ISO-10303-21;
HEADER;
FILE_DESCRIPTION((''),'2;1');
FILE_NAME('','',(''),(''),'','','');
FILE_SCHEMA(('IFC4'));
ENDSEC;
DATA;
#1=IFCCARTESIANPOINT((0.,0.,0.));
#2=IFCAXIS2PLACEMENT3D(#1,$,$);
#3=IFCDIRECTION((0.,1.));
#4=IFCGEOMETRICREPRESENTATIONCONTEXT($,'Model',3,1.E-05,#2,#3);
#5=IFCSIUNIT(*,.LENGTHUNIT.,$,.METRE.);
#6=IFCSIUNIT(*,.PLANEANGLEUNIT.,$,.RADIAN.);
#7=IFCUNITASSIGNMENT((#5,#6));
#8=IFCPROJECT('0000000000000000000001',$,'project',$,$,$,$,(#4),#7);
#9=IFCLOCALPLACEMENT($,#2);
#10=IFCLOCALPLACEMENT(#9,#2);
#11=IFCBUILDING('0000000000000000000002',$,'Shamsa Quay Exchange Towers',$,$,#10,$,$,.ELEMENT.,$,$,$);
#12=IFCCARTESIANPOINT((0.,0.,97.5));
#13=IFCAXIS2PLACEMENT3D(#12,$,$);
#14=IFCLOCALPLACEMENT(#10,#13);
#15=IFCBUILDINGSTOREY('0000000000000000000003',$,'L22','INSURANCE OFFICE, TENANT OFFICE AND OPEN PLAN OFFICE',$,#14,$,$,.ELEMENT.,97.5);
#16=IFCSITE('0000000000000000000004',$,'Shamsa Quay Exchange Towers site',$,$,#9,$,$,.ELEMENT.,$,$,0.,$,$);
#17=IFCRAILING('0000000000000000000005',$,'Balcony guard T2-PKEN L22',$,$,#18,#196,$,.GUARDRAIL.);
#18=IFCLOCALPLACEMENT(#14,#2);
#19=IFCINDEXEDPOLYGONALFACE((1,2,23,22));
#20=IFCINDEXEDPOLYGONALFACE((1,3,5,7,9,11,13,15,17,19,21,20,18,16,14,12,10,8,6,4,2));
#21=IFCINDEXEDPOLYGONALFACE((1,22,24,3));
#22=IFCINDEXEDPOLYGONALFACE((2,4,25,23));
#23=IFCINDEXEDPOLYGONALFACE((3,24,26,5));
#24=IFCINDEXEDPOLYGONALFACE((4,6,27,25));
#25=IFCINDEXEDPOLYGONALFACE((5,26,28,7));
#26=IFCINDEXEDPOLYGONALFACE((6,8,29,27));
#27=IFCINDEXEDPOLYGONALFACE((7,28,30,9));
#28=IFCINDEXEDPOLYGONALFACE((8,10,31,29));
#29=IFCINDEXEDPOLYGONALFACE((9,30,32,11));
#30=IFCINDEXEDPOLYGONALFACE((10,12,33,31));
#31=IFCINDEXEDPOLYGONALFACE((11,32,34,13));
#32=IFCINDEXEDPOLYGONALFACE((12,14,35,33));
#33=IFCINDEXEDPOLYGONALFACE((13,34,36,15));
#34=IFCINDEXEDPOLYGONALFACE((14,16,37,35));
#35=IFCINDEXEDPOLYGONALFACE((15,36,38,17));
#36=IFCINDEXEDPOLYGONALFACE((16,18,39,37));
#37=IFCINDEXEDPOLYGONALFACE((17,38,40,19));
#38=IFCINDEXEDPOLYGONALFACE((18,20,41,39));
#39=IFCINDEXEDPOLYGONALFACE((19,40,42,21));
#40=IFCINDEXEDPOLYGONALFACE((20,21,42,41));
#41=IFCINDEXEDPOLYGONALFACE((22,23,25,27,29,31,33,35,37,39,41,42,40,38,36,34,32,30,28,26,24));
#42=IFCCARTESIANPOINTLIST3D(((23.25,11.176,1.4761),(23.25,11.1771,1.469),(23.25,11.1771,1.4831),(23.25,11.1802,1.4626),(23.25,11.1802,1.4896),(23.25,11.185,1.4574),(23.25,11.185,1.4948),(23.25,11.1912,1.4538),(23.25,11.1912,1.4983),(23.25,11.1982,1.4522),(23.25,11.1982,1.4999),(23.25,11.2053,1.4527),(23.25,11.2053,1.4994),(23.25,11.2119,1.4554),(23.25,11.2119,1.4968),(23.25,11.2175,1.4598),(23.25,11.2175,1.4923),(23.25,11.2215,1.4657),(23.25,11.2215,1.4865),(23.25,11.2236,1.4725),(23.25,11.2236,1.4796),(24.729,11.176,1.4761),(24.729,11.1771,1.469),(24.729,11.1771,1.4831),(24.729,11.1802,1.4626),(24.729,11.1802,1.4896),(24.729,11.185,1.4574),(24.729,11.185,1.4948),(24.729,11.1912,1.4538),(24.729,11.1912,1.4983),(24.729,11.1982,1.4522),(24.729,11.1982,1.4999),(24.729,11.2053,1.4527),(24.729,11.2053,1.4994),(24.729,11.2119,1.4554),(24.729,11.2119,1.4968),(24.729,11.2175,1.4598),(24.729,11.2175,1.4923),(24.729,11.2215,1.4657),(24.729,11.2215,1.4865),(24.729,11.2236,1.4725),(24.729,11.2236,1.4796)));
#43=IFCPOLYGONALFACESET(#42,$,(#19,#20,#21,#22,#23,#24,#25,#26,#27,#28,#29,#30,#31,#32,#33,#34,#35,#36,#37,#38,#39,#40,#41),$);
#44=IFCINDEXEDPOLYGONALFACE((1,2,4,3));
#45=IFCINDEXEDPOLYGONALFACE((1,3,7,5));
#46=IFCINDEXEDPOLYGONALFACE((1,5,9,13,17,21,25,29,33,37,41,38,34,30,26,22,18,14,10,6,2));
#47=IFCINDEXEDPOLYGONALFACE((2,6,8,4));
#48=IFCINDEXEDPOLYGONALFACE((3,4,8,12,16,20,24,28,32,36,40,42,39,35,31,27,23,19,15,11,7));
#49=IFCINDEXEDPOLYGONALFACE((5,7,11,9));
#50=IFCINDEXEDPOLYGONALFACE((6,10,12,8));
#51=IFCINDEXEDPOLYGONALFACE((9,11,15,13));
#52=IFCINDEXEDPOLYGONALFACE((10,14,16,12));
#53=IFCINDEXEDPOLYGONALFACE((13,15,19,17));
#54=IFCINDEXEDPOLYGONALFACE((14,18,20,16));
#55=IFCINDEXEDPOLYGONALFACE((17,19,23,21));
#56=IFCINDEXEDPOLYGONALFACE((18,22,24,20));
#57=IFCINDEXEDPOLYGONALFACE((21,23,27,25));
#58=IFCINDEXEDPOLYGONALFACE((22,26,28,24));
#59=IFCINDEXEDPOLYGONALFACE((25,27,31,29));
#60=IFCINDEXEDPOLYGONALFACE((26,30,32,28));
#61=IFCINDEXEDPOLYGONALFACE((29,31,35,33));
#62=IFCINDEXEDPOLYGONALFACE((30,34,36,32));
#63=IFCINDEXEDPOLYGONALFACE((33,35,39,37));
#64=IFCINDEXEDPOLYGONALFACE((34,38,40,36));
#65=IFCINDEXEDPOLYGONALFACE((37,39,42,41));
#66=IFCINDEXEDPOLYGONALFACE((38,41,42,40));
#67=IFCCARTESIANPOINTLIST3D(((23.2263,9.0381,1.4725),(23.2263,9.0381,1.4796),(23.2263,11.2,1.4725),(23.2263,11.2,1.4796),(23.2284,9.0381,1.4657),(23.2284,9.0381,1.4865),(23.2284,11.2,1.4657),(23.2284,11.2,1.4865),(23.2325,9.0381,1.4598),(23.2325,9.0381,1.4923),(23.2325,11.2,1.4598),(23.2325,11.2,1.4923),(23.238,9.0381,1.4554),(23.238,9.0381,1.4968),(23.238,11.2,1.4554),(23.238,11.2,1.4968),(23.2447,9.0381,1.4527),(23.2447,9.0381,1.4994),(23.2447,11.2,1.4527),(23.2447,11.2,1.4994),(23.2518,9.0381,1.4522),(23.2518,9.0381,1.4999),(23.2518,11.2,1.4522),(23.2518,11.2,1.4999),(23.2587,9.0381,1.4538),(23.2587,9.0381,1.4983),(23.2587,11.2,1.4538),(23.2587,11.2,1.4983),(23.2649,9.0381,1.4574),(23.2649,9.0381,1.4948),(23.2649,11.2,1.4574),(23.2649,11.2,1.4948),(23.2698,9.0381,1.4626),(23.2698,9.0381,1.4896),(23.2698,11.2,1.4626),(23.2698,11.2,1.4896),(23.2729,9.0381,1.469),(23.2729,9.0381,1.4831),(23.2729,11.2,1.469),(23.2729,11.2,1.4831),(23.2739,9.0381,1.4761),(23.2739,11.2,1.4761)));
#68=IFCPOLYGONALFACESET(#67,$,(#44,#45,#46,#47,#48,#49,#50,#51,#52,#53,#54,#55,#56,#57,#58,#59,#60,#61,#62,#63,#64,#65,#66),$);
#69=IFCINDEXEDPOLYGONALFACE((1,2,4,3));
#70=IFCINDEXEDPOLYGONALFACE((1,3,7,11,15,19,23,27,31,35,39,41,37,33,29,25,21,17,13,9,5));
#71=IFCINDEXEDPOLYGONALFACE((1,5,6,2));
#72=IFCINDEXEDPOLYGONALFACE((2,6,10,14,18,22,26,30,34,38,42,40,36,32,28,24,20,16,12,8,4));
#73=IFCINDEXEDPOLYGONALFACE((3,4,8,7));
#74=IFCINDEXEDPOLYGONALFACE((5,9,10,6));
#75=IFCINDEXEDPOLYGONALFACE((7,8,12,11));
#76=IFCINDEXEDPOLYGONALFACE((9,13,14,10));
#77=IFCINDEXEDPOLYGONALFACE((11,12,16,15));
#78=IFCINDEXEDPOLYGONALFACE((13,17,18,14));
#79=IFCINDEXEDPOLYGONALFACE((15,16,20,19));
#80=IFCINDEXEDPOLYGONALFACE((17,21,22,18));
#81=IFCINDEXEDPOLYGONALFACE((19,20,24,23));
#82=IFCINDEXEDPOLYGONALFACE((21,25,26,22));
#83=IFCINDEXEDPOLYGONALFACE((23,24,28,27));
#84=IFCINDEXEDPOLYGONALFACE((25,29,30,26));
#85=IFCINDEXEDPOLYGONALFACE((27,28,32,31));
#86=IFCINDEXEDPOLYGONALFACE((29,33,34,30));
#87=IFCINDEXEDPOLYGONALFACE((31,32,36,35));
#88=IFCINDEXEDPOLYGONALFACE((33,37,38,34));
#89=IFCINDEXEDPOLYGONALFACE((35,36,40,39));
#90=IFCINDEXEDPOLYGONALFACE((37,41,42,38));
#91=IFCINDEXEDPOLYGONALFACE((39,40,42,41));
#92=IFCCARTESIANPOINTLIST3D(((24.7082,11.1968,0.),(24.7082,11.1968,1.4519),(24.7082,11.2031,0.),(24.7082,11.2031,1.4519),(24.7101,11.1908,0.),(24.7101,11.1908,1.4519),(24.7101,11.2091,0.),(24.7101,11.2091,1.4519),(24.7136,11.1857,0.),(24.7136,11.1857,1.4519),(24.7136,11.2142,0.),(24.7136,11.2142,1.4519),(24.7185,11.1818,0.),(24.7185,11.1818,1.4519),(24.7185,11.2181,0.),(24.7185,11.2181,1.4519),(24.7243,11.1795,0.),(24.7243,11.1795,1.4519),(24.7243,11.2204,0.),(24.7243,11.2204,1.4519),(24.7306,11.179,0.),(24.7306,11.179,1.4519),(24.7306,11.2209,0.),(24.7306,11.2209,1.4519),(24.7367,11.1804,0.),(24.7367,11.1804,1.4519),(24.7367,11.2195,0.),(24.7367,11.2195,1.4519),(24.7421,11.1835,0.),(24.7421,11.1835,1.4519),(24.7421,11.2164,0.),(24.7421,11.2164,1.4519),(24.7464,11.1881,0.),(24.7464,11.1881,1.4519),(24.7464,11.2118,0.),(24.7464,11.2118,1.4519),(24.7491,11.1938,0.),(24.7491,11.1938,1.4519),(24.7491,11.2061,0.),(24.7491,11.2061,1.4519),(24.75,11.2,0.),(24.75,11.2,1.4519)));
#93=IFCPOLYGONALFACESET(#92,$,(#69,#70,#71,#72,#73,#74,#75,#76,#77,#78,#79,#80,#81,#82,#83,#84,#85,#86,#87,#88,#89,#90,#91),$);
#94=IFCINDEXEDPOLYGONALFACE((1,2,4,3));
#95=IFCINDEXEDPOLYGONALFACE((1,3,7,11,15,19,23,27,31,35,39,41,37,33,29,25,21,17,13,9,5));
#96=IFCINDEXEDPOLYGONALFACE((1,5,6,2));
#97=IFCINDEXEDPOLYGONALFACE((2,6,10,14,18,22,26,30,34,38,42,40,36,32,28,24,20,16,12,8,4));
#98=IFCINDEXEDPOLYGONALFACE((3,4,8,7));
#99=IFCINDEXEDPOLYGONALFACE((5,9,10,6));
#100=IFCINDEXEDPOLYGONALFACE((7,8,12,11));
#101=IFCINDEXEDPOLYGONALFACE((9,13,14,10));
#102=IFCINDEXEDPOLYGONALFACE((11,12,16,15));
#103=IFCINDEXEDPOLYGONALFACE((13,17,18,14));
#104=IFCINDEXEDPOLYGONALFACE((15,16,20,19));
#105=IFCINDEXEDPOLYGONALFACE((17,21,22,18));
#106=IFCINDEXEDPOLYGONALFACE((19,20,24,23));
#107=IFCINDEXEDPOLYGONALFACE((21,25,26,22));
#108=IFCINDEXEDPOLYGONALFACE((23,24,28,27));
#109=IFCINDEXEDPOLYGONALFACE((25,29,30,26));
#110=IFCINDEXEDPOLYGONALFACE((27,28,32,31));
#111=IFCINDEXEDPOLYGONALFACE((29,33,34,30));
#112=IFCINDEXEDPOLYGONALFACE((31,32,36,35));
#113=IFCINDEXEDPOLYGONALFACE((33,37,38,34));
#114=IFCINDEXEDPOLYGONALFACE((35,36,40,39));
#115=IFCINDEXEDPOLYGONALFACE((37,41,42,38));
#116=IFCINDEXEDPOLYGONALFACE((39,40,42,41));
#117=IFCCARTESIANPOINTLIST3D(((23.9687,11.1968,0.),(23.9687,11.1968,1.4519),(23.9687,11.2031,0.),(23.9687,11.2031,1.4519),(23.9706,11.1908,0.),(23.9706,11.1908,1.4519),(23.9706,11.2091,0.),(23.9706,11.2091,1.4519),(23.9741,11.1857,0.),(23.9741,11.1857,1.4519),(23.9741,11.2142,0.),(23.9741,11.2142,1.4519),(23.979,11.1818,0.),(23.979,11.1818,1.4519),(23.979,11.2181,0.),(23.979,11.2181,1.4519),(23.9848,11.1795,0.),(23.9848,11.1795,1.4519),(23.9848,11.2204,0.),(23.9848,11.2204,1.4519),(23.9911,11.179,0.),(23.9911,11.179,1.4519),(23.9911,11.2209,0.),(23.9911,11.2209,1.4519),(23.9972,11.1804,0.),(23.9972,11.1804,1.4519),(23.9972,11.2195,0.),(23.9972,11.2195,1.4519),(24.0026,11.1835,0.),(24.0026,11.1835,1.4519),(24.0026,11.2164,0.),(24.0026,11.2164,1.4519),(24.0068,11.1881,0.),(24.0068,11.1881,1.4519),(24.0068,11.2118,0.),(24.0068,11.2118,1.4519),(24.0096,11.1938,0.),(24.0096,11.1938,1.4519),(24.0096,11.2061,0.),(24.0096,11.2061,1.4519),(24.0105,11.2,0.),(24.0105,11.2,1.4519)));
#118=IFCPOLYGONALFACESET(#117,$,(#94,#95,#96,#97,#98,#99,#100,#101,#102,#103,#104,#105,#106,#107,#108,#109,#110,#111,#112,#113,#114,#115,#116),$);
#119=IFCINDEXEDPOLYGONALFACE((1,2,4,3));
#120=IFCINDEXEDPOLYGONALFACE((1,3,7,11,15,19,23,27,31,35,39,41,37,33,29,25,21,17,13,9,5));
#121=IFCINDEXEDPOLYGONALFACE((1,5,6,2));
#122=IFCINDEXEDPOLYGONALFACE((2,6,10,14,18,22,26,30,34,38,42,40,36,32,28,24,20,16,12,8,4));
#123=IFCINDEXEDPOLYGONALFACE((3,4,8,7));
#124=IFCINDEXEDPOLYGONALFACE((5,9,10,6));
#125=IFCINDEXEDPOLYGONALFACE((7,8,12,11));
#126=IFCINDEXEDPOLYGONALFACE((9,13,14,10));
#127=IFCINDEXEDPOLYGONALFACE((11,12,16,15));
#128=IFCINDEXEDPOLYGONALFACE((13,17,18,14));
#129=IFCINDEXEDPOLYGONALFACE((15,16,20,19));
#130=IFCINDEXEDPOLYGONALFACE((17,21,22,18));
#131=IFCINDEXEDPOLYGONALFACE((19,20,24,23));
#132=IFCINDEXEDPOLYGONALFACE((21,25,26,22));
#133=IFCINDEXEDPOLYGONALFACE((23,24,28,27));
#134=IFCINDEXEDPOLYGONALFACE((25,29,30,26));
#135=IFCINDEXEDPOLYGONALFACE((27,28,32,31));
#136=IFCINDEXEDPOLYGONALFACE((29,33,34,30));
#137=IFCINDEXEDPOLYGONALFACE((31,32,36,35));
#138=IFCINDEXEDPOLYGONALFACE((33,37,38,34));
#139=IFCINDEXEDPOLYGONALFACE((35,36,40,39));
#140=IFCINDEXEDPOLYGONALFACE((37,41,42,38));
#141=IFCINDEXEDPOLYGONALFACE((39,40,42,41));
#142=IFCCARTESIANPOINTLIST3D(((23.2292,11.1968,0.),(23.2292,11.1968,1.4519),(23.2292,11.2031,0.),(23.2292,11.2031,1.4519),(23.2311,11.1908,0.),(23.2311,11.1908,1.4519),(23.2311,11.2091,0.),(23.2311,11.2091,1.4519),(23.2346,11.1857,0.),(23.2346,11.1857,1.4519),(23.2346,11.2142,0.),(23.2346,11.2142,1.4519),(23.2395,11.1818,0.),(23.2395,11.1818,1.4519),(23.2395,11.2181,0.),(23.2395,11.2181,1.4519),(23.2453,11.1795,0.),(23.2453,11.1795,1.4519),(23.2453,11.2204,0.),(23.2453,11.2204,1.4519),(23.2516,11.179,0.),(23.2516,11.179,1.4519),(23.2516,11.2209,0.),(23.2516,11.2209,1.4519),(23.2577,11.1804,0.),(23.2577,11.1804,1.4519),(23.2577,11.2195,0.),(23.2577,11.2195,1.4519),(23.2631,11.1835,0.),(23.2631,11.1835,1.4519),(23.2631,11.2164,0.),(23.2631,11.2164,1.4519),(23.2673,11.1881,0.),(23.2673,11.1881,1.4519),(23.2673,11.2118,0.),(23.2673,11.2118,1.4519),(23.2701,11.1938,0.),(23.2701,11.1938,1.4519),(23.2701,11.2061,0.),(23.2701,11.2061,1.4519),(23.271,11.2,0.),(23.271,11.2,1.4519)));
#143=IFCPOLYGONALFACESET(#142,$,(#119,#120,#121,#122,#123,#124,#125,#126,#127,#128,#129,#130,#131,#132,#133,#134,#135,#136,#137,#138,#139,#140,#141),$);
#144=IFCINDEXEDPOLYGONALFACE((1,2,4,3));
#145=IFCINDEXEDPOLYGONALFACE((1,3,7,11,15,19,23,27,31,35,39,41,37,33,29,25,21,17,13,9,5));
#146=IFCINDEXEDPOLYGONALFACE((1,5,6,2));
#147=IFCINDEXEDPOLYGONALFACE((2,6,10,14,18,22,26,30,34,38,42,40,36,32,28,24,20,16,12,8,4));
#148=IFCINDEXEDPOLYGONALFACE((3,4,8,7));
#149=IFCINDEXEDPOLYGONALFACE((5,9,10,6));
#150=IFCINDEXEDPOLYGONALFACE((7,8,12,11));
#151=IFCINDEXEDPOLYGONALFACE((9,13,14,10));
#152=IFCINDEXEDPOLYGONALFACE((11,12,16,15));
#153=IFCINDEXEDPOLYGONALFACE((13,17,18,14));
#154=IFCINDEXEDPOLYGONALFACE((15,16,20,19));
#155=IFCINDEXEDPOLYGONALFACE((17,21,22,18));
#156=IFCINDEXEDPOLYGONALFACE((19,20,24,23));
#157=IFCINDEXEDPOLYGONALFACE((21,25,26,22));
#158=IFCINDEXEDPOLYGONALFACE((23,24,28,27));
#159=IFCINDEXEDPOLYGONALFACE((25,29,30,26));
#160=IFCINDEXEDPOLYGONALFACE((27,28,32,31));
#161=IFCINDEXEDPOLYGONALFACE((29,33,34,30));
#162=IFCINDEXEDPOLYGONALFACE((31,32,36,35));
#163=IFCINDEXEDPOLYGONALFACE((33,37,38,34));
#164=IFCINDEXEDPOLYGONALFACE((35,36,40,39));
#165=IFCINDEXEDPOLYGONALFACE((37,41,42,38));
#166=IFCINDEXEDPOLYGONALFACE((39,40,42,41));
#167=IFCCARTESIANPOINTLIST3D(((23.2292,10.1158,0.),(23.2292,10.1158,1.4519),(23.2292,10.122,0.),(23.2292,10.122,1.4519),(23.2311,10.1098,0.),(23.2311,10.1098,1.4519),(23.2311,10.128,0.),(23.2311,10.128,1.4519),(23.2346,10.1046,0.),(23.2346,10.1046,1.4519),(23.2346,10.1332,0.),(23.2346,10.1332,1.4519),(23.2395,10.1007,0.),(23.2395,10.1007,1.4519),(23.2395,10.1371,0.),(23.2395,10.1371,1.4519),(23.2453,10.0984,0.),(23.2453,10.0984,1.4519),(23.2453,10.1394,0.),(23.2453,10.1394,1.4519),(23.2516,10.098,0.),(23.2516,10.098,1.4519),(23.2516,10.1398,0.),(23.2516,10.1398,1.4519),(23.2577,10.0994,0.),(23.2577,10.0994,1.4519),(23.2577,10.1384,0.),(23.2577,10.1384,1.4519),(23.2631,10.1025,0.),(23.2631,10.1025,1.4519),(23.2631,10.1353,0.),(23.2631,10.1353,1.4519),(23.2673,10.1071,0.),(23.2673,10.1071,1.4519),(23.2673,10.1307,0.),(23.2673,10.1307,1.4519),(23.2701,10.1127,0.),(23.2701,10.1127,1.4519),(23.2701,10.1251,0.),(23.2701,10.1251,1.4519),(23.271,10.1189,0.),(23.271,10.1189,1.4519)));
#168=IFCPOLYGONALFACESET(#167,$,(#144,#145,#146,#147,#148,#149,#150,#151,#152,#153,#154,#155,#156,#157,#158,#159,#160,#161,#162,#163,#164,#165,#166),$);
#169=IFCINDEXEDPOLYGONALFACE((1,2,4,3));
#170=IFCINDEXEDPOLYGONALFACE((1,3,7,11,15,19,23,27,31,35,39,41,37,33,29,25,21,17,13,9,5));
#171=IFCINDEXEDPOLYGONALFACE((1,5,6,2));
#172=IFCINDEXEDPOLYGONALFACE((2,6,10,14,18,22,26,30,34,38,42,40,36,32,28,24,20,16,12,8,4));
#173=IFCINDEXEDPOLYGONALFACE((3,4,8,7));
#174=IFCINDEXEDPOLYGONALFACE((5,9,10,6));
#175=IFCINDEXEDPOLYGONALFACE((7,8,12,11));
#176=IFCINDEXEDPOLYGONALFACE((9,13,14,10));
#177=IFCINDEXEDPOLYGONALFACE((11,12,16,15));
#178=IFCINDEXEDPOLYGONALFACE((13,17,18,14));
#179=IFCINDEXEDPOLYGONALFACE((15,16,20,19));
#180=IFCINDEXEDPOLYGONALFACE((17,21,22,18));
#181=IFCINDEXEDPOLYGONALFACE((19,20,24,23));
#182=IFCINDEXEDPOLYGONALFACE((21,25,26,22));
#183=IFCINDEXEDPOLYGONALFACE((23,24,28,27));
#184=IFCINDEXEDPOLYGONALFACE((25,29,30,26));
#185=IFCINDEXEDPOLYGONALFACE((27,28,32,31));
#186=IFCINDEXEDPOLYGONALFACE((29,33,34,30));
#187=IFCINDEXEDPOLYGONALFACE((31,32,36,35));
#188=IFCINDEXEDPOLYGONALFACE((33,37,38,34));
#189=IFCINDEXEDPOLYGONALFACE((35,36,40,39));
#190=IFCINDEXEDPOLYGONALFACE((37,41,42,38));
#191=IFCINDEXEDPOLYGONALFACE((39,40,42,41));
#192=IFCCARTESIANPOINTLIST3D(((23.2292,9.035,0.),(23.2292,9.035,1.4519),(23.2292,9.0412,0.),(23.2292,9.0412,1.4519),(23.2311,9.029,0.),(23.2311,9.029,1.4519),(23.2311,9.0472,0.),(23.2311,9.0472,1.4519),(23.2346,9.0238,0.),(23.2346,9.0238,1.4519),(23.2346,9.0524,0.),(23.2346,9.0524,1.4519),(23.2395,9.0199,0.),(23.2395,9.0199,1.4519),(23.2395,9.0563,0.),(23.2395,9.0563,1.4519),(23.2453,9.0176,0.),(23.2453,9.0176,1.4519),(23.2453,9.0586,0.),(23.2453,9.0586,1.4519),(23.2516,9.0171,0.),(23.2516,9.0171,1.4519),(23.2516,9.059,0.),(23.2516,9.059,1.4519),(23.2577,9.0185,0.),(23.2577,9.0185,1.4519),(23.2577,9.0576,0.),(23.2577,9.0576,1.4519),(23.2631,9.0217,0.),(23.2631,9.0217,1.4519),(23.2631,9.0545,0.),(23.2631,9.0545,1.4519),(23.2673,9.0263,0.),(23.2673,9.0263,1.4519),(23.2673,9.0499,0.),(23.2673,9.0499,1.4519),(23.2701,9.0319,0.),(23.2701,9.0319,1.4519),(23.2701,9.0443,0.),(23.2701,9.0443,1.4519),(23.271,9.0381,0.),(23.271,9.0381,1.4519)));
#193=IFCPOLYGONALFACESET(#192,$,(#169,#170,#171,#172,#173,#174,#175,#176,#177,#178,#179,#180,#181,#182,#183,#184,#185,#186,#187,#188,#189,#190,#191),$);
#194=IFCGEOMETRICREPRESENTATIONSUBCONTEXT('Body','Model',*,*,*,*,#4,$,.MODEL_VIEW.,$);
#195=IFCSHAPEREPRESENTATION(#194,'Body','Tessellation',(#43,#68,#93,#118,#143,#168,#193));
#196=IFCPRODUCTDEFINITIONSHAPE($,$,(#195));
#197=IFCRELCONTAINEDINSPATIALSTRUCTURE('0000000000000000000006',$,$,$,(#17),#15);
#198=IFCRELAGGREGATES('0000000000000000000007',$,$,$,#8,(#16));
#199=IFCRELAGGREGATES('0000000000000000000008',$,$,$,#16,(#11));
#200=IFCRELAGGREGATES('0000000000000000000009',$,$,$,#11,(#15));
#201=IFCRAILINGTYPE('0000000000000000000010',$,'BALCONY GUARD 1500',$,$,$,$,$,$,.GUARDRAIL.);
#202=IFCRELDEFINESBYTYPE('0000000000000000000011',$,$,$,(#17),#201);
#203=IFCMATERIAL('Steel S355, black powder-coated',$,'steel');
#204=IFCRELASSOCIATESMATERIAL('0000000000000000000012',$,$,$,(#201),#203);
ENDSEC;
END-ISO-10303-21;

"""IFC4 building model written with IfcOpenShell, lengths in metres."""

from ifc_helpers import new_model, si_unit, direction, frame, origin, origin_2d, place, context, subcontext, project, spatial, circle, extrude, material, type_object, element, save


model = new_model("IFC4")

# Units and contexts
model_context = context("Model", 3, precision=1e-05, world=origin(), true_north=direction((0.0, 1.0)))
body_context = subcontext(model_context, "Body", "Model", "MODEL_VIEW")
ifc_project = project(units=[si_unit("LENGTHUNIT", "METRE"), si_unit("PLANEANGLEUNIT", "RADIAN")], contexts=[model_context])

# Site, building, storey
site_placement = place(None, origin())
site = spatial("IfcSite", under=ifc_project, at=site_placement, Name="Shamsa Quay Exchange Towers site", CompositionType="ELEMENT", RefElevation=0.0)
building_placement = place(site_placement, origin())
building = spatial("IfcBuilding", under=site, at=building_placement, Name="Shamsa Quay Exchange Towers", CompositionType="ELEMENT")
storey_placement = place(building_placement, frame((0.0, 0.0, 97.5)))
storey = spatial("IfcBuildingStorey", under=building, at=storey_placement, Name="L22", Description="INSURANCE OFFICE, TENANT OFFICE AND OPEN PLAN OFFICE", CompositionType="ELEMENT", Elevation=97.5)

# Railing
ifc_material_1 = material(Name="Steel S355, black powder-coated", Category="steel")
railing_type = type_object("IfcRailingType", Name="BALCONY GUARD 1500", PredefinedType="GUARDRAIL", material=ifc_material_1)
for number, where, name in (
    (1, (24.729, 11.2, 0.0), "Balcony guard T2-PKEN L22"),
):
    element("IfcRailing", number, at=place(storey_placement, frame(where)), inside=storey, type_object=railing_type, Name=name, PredefinedType="GUARDRAIL", context=body_context, shape_type="SweptSolid", body=[
        extrude(circle(Radius=0.0239, at=origin_2d()), frame((0.0, 0.0, 1.4761), z_axis=(-1.0, 0.0, 0.0), x_axis=(0.0, -1.0, 0.0)), (0.0, 0.0, 1.0), 1.479),
        extrude(circle(Radius=0.0239, at=origin_2d()), frame((-1.479, 0.0, 1.4761), z_axis=(0.0, -1.0, 0.0), x_axis=(1.0, 0.0, 0.0)), (0.0, 0.0, 1.0), 2.1619),
        extrude(circle(Radius=0.021, at=origin_2d()), origin(), (0.0, 0.0, 1.0), 1.4519),
        extrude(circle(Radius=0.021, at=origin_2d()), frame((-0.7395, 0.0, 0.0)), (0.0, 0.0, 1.0), 1.4519),
        extrude(circle(Radius=0.021, at=origin_2d()), frame((-1.479, 0.0, 0.0)), (0.0, 0.0, 1.0), 1.4519),
        extrude(circle(Radius=0.021, at=origin_2d()), frame((-1.479, -1.0811, 0.0)), (0.0, 0.0, 1.0), 1.4519),
        extrude(circle(Radius=0.021, at=origin_2d()), frame((-1.479, -2.1619, 0.0)), (0.0, 0.0, 1.0), 1.4519),
    ])

save(model, "model.ifc")
